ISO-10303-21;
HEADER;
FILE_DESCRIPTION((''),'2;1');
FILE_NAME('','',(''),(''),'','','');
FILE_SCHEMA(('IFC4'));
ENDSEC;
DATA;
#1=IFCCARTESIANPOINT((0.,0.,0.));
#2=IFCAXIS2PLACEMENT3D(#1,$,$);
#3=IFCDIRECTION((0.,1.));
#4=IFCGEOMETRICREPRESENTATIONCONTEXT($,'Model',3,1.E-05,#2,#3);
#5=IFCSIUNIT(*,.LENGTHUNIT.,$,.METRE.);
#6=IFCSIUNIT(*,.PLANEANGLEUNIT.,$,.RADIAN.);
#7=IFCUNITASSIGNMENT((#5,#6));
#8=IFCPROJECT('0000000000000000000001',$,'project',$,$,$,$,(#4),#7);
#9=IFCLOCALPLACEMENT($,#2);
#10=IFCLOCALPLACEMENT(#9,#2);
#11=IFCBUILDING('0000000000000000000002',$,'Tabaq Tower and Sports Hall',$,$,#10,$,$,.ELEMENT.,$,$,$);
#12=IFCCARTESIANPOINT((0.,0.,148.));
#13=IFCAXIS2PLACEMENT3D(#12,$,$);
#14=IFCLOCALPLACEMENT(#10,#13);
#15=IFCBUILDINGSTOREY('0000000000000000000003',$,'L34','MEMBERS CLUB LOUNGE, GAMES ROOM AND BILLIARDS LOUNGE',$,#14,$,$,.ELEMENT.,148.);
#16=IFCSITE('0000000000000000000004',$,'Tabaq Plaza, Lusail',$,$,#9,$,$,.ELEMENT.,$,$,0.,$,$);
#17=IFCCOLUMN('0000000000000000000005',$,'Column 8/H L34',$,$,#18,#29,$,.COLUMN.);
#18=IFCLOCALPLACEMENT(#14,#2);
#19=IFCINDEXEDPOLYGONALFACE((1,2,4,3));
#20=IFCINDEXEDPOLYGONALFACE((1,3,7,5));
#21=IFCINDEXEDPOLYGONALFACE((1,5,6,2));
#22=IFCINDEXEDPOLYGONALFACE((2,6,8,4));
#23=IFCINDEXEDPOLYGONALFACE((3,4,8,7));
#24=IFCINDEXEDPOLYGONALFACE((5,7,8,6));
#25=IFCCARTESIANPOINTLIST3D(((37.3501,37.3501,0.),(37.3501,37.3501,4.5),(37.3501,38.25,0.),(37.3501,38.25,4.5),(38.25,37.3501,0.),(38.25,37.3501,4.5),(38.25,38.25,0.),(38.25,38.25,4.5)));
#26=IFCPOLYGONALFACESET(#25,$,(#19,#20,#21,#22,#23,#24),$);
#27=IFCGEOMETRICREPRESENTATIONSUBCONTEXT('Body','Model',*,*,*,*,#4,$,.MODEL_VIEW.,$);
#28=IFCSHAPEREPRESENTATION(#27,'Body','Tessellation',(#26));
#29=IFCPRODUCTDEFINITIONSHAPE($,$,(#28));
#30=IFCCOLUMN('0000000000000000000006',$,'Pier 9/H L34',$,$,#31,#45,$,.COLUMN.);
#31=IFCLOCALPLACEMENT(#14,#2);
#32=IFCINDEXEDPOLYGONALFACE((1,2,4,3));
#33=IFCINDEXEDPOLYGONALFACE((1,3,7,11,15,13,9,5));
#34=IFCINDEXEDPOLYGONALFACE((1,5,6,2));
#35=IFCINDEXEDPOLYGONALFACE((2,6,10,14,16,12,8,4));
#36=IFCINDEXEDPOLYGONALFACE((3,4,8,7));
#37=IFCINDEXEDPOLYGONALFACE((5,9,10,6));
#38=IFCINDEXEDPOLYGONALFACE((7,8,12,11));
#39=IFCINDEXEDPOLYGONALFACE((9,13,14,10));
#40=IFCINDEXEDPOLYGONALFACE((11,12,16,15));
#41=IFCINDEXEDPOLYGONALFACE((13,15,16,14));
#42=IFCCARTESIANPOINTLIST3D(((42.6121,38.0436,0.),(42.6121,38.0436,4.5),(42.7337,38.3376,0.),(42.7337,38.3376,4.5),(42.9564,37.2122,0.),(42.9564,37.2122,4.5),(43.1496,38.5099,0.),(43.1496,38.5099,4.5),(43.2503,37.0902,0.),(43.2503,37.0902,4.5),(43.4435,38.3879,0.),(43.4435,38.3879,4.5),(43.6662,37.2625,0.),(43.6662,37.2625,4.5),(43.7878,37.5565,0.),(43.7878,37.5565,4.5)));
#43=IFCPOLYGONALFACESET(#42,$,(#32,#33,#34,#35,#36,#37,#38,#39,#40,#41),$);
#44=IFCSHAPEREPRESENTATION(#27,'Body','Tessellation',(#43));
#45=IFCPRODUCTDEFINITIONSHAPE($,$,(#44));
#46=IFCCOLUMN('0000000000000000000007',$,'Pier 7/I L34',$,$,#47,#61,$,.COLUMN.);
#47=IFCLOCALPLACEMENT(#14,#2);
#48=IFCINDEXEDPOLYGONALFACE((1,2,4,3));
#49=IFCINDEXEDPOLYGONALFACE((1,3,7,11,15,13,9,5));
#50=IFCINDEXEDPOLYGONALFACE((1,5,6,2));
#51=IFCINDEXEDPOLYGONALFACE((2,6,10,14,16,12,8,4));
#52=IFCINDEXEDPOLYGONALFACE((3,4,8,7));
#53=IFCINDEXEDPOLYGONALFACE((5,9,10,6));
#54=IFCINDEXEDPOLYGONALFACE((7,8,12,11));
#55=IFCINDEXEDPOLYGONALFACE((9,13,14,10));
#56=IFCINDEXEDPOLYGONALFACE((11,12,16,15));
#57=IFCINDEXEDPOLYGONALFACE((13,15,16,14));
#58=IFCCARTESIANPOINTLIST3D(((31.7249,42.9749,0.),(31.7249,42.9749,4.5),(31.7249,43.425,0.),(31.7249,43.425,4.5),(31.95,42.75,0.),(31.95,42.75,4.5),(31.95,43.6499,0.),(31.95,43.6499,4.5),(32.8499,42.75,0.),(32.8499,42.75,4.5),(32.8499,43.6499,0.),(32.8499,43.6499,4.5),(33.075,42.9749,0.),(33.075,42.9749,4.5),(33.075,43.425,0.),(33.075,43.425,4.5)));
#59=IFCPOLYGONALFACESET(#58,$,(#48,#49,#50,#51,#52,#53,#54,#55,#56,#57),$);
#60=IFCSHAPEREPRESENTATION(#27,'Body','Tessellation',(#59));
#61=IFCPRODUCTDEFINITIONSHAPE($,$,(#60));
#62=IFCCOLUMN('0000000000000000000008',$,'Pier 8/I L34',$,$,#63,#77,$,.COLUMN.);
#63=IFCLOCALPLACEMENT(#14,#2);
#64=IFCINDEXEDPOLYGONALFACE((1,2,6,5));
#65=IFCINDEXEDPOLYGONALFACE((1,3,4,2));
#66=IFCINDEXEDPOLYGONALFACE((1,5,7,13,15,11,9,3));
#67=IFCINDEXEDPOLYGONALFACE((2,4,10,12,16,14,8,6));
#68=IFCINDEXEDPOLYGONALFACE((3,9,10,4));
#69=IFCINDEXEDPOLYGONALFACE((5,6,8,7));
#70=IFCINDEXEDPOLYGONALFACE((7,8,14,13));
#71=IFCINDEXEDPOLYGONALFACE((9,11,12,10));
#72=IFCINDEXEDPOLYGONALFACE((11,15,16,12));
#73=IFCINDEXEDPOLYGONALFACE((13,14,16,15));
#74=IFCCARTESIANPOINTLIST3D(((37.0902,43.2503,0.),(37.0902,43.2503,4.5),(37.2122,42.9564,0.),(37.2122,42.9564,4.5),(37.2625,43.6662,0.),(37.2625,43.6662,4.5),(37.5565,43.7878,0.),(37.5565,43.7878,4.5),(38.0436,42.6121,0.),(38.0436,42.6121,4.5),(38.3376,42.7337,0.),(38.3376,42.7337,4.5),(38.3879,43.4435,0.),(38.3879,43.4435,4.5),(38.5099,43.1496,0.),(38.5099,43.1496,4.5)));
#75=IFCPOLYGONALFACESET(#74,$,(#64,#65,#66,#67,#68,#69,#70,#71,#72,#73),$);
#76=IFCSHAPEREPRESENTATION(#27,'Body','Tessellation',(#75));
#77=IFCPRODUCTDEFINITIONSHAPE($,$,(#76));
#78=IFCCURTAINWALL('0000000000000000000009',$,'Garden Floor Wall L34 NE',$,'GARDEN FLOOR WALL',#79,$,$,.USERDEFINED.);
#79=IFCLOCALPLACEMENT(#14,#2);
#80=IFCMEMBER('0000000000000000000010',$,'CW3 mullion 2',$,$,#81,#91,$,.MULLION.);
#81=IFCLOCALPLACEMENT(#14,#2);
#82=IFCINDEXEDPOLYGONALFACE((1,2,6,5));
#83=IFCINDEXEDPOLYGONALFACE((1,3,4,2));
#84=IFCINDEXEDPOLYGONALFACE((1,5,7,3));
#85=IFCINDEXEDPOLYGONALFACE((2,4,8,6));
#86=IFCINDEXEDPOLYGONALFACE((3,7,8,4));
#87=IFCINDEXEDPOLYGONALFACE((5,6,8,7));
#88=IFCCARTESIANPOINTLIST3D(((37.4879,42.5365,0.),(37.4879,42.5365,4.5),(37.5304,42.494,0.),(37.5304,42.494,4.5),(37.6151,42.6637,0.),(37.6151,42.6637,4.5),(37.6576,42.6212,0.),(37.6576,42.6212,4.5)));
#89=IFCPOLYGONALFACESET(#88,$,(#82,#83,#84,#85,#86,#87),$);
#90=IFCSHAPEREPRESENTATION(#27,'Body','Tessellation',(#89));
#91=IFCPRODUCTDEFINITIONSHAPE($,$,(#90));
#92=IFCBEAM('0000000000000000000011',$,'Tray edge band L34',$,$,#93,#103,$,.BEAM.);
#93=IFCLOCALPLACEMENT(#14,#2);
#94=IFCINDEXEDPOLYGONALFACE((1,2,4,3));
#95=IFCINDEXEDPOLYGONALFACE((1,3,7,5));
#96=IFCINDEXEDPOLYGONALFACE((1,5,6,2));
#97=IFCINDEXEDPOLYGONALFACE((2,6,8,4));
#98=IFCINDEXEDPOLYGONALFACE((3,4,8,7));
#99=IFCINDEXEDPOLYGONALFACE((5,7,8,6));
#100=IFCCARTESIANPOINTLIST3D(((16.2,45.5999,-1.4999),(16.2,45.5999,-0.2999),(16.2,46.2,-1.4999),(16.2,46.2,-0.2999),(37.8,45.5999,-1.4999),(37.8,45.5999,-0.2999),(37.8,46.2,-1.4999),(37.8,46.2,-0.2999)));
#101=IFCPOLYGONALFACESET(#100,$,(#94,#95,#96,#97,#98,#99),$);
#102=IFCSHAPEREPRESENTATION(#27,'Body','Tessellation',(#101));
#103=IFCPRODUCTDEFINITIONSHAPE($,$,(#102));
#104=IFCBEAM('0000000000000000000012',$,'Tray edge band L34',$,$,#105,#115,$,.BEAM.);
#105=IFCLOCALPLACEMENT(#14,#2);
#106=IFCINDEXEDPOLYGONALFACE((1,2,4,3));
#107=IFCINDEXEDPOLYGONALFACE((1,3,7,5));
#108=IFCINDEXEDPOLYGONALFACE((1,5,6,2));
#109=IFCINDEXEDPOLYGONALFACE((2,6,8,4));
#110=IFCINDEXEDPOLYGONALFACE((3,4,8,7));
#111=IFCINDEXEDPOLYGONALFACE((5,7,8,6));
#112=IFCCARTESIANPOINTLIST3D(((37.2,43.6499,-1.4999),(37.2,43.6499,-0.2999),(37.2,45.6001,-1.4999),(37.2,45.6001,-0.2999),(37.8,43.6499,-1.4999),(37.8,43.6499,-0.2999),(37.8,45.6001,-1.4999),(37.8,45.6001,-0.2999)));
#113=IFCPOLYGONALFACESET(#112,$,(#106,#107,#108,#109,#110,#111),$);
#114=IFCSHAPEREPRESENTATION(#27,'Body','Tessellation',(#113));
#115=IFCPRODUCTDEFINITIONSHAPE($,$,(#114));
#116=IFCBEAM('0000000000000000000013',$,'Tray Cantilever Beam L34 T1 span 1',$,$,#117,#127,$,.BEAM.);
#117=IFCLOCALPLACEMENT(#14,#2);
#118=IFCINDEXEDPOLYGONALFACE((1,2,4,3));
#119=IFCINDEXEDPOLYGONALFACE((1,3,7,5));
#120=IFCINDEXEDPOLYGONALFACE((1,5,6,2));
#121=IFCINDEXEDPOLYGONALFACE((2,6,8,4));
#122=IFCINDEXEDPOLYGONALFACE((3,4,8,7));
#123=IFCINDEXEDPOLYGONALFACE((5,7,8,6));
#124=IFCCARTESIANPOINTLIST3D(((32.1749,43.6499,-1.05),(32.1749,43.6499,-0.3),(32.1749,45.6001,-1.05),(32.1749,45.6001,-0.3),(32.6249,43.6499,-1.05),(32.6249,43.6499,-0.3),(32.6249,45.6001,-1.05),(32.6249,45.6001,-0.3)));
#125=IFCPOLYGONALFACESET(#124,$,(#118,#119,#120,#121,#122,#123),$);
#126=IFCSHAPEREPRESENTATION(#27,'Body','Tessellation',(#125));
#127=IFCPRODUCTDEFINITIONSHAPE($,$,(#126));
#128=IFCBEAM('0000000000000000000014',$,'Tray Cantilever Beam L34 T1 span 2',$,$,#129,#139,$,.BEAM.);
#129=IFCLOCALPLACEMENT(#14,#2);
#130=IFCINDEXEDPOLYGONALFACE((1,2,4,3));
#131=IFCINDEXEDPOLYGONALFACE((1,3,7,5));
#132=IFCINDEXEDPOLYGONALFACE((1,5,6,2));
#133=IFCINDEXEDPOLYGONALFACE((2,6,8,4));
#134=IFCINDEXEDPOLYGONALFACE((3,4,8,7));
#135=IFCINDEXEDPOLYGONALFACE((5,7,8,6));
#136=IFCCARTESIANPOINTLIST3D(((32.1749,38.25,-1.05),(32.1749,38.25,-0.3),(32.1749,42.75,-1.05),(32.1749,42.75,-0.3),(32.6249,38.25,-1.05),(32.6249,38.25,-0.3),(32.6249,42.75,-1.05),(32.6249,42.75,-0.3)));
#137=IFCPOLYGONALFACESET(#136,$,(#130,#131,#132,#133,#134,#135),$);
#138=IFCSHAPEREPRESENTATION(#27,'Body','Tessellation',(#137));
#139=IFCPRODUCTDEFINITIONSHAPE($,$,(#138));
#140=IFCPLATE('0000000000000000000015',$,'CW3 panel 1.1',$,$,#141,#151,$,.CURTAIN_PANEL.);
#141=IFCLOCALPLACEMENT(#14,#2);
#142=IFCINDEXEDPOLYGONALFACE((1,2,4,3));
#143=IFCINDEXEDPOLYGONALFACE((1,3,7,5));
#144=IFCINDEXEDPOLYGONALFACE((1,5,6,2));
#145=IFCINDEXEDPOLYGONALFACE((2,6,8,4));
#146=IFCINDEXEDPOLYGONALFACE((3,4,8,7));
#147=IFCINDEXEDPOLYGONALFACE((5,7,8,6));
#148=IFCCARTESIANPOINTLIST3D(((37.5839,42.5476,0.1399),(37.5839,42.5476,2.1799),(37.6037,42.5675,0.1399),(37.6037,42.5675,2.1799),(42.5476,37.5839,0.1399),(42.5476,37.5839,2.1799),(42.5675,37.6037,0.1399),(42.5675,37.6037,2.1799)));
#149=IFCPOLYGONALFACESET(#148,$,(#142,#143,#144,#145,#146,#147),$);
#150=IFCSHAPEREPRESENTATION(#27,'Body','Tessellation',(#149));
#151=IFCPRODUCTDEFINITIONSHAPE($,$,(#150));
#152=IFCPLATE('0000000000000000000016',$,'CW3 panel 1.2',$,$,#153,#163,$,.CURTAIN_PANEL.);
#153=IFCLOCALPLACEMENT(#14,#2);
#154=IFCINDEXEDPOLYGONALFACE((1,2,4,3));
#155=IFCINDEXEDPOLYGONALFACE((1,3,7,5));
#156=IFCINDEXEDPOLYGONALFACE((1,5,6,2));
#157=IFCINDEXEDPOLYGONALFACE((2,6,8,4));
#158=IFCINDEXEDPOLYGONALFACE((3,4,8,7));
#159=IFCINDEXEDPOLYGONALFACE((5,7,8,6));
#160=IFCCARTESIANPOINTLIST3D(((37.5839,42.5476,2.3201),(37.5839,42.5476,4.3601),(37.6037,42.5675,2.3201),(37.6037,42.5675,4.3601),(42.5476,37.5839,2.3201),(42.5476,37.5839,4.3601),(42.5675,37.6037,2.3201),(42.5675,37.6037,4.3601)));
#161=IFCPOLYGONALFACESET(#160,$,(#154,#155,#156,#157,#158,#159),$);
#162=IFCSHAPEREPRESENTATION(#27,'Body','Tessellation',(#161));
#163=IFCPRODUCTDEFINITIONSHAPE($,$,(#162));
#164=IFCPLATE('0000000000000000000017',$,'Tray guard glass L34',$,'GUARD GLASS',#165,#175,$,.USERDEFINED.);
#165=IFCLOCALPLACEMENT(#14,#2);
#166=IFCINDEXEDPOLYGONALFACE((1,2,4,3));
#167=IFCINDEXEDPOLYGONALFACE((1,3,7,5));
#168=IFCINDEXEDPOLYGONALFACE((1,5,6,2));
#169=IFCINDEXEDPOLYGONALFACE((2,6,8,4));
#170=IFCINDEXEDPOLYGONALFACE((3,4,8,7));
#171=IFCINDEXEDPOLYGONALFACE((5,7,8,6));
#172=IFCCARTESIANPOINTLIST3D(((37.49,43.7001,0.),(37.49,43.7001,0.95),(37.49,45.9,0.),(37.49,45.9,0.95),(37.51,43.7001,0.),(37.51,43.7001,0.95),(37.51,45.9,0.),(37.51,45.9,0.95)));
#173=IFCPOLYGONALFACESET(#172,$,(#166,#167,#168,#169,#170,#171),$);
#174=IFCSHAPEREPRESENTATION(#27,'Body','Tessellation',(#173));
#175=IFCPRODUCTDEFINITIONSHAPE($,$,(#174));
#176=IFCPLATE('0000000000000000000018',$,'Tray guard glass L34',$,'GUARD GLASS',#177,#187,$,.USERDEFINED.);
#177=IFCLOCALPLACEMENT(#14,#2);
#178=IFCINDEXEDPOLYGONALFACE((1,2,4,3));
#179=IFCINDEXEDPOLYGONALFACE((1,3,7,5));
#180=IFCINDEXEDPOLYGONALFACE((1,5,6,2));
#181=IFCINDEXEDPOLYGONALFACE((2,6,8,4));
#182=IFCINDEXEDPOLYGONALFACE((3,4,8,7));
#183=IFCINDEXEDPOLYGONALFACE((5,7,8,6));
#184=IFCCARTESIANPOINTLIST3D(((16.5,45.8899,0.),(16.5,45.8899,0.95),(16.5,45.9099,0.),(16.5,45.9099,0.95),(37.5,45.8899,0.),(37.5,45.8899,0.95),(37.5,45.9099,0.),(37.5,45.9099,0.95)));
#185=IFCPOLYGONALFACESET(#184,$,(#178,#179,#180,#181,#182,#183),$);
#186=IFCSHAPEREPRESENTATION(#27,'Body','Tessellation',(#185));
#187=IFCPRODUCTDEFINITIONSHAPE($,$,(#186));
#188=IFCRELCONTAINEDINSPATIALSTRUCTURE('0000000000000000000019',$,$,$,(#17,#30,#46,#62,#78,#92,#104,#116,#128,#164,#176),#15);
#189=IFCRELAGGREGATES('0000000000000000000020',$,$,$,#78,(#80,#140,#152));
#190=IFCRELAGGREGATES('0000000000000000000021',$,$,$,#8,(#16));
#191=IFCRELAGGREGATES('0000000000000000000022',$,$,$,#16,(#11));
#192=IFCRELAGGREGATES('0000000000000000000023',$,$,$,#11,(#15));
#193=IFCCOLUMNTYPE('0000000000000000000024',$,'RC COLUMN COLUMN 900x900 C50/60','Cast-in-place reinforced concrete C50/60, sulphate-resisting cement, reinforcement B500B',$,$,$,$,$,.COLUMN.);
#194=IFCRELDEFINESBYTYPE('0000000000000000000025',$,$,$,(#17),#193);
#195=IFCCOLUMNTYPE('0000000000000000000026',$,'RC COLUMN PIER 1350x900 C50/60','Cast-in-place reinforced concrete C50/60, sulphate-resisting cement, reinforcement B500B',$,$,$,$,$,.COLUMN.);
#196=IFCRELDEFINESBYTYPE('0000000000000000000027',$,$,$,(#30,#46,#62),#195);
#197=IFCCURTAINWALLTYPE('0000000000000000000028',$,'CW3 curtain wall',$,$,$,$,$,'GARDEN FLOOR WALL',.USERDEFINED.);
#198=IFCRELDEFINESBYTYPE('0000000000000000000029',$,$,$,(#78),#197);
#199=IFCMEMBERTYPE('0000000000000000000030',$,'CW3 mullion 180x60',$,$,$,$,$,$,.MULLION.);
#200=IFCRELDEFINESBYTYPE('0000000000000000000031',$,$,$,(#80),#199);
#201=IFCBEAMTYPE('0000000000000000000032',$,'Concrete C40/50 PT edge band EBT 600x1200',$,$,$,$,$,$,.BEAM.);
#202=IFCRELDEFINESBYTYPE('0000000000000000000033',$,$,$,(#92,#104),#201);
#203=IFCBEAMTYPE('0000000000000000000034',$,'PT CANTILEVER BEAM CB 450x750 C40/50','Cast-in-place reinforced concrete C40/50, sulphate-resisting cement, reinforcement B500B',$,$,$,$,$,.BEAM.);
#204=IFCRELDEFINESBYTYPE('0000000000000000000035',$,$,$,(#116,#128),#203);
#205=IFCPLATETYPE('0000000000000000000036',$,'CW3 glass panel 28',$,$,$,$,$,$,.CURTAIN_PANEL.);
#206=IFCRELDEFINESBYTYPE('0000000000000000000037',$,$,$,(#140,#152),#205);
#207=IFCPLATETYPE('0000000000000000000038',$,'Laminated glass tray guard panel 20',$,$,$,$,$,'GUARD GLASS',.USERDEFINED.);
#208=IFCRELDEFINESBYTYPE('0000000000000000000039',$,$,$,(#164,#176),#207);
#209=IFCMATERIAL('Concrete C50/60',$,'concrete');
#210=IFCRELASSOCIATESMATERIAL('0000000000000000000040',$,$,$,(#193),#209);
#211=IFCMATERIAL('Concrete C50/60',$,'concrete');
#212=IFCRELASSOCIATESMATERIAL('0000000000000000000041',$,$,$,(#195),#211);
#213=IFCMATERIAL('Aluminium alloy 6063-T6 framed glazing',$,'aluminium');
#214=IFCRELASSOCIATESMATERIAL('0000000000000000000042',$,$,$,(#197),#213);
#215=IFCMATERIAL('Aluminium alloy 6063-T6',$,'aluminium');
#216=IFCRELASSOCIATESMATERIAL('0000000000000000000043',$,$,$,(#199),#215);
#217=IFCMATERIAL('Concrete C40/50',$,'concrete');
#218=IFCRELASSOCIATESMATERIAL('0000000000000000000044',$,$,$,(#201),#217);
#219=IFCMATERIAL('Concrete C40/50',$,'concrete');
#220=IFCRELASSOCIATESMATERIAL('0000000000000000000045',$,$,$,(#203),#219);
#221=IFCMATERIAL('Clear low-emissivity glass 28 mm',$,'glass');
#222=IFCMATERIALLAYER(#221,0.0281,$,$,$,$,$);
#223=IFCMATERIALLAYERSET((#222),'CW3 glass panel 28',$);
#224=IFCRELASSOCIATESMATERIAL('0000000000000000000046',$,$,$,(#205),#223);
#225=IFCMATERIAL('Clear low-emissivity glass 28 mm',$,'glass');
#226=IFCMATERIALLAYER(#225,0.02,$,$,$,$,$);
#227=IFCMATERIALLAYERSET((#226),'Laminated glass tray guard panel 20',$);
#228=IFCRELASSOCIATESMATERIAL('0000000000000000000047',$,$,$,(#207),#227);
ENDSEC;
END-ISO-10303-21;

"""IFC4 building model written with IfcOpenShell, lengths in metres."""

from ifc_helpers import new_model, si_unit, direction, frame, frame_2d, origin, origin_2d, place, context, subcontext, project, spatial, polyline, rectangle, outline, extrude, material, layer, layer_set, material_profile, profile_set, type_object, element, aggregate, save


model = new_model("IFC4")

# Units and contexts
model_context = context("Model", 3, precision=1e-05, world=origin(), true_north=direction((0.0, 1.0)))
body_context = subcontext(model_context, "Body", "Model", "MODEL_VIEW")
ifc_project = project(units=[si_unit("LENGTHUNIT", "METRE"), si_unit("PLANEANGLEUNIT", "RADIAN")], contexts=[model_context])

# Site, building, storey
site_placement = place(None, origin())
site = spatial("IfcSite", under=ifc_project, at=site_placement, Name="Tabaq Plaza, Lusail", CompositionType="ELEMENT", RefElevation=0.0)
building_placement = place(site_placement, origin())
building = spatial("IfcBuilding", under=site, at=building_placement, Name="Tabaq Tower and Sports Hall", CompositionType="ELEMENT")
storey_placement = place(building_placement, frame((0.0, 0.0, 148.0)))
storey = spatial("IfcBuildingStorey", under=building, at=storey_placement, Name="L34", Description="MEMBERS CLUB LOUNGE, GAMES ROOM AND BILLIARDS LOUNGE", CompositionType="ELEMENT", Elevation=148.0)

# Columns
ifc_material_1 = material(Name="Concrete C50/60", Category="concrete")
ifc_material_profile_1 = material_profile(ifc_material_1, rectangle(XDim=0.8999, YDim=0.8999, at=origin_2d()), Name="COLUMN 900x900")
ifc_profile_set_1 = profile_set([ifc_material_profile_1], Name="Concrete C50/60")
column_type_1 = type_object("IfcColumnType", Name="RC COLUMN COLUMN 900x900 C50/60", Description="Cast-in-place reinforced concrete C50/60, sulphate-resisting cement, reinforcement B500B", PredefinedType="COLUMN", material=ifc_profile_set_1)
column_placement = place(storey_placement, frame((37.8, 37.8, 0.0), z_axis=(0.0, 0.0, 1.0), x_axis=(1.0, 0.0, 0.0)))
element("IfcColumn", 1, at=column_placement, inside=storey, type_object=column_type_1, Name="Column 8/H L34", PredefinedType="COLUMN", context=body_context, shape_type="SweptSolid", body=[
    extrude(rectangle(XDim=0.8999, YDim=0.8999, at=origin_2d()), origin(), (0.0, 0.0, 1.0), 4.5),
])
ifc_material_2 = material(Name="Concrete C50/60", Category="concrete")
ifc_material_profile_2 = material_profile(ifc_material_2, outline(polyline([(-0.45, -0.45), (0.45, -0.45), (0.675, -0.2251), (0.675, 0.2251), (0.45, 0.45), (-0.45, 0.45), (-0.675, 0.2251), (-0.675, -0.2251), (-0.45, -0.45)])), Name="PIER 1350x900")
ifc_profile_set_2 = profile_set([ifc_material_profile_2], Name="Concrete C50/60")
column_type_2 = type_object("IfcColumnType", Name="RC COLUMN PIER 1350x900 C50/60", Description="Cast-in-place reinforced concrete C50/60, sulphate-resisting cement, reinforcement B500B", PredefinedType="COLUMN", material=ifc_profile_set_2)
for number, where, z_axis, x_axis, name in (
    (2, (43.2, 37.8, 0.0), (0.0, 0.0, 1.0), (-0.382683, 0.92388, 0.0), "Pier 9/H L34"),
    (3, (32.3999, 43.2, 0.0), (0.0, 0.0, 1.0), (1.0, 0.0, 0.0), "Pier 7/I L34"),
    (4, (37.8, 43.2, 0.0), (0.0, 0.0, 1.0), (-0.92388, 0.382683, 0.0), "Pier 8/I L34"),
):
    element("IfcColumn", number, at=place(storey_placement, frame(where, z_axis=z_axis, x_axis=x_axis)), inside=storey, type_object=column_type_2, Name=name, PredefinedType="COLUMN", context=body_context, shape_type="SweptSolid", body=[
        extrude(outline(polyline([(-0.45, -0.45), (0.45, -0.45), (0.675, -0.2251), (0.675, 0.2251), (0.45, 0.45), (-0.45, 0.45), (-0.675, 0.2251), (-0.675, -0.2251), (-0.45, -0.45)])), origin(), (0.0, 0.0, 1.0), 4.5),
    ])

# Curtain wall, member
ifc_material_3 = material(Name="Aluminium alloy 6063-T6 framed glazing", Category="aluminium")
curtain_wall_type = type_object("IfcCurtainWallType", Name="CW3 curtain wall", ElementType="GARDEN FLOOR WALL", PredefinedType="USERDEFINED", material=ifc_material_3)
curtain_wall_placement = place(storey_placement, origin())
curtain_wall = element("IfcCurtainWall", 5, at=curtain_wall_placement, inside=storey, type_object=curtain_wall_type, Name="Garden Floor Wall L34 NE", ObjectType="GARDEN FLOOR WALL", PredefinedType="USERDEFINED")
ifc_material_4 = material(Name="Aluminium alloy 6063-T6", Category="aluminium")
ifc_material_profile_3 = material_profile(ifc_material_4, rectangle(XDim=0.1799, YDim=0.0601, at=origin_2d()), Name="MULLION 180x60")
ifc_profile_set_3 = profile_set([ifc_material_profile_3], Name="Aluminium alloy 6063-T6")
member_type = type_object("IfcMemberType", Name="CW3 mullion 180x60", PredefinedType="MULLION", material=ifc_profile_set_3)
member_placement = place(storey_placement, frame((37.5728, 42.5789, 0.0), z_axis=(0.0, 0.0, 1.0), x_axis=(-0.707107, -0.707107, 0.0)))
member = element("IfcMember", 6, at=member_placement, type_object=member_type, Name="CW3 mullion 2", PredefinedType="MULLION", context=body_context, shape_type="SweptSolid", body=[
    extrude(rectangle(XDim=0.1799, YDim=0.0601, at=origin_2d()), origin(), (0.0, 0.0, 1.0), 4.5),
])

# Beams
ifc_material_5 = material(Name="Concrete C40/50", Category="concrete")
ifc_material_profile_4 = material_profile(ifc_material_5, rectangle(XDim=0.6001, YDim=1.2, at=origin_2d()), Name="EBT 600x1200")
ifc_profile_set_4 = profile_set([ifc_material_profile_4], Name="Concrete C40/50")
beam_type_1 = type_object("IfcBeamType", Name="Concrete C40/50 PT edge band EBT 600x1200", PredefinedType="BEAM", material=ifc_profile_set_4)
beam_1_placement = place(storey_placement, frame((37.8, 45.8999, -0.8999), z_axis=(-1.0, 0.0, 0.0), x_axis=(0.0, -1.0, 0.0)))
element("IfcBeam", 7, at=beam_1_placement, inside=storey, type_object=beam_type_1, Name="Tray edge band L34", PredefinedType="BEAM", context=body_context, shape_type="SweptSolid", body=[
    extrude(rectangle(XDim=0.6001, YDim=1.2, at=origin_2d()), origin(), (0.0, 0.0, 1.0), 21.6001),
])
beam_2_placement = place(storey_placement, frame((37.5, 43.6499, -0.8999), z_axis=(0.0, 1.0, 0.0), x_axis=(-1.0, 0.0, 0.0)))
element("IfcBeam", 8, at=beam_2_placement, inside=storey, type_object=beam_type_1, Name="Tray edge band L34", PredefinedType="BEAM", context=body_context, shape_type="SweptSolid", body=[
    extrude(rectangle(XDim=0.6001, YDim=1.2, at=origin_2d()), origin(), (0.0, 0.0, 1.0), 1.9502),
])
ifc_material_6 = material(Name="Concrete C40/50", Category="concrete")
ifc_material_profile_5 = material_profile(ifc_material_6, rectangle(XDim=0.45, YDim=0.75, at=origin_2d()), Name="CB 450x750")
ifc_profile_set_5 = profile_set([ifc_material_profile_5], Name="Concrete C40/50")
beam_type_2 = type_object("IfcBeamType", Name="PT CANTILEVER BEAM CB 450x750 C40/50", Description="Cast-in-place reinforced concrete C40/50, sulphate-resisting cement, reinforcement B500B", PredefinedType="BEAM", material=ifc_profile_set_5)
beam_3_placement = place(storey_placement, frame((32.3999, 45.6001, -0.675), z_axis=(0.0, -1.0, 0.0), x_axis=(1.0, 0.0, 0.0)))
element("IfcBeam", 9, at=beam_3_placement, inside=storey, type_object=beam_type_2, Name="Tray Cantilever Beam L34 T1 span 1", PredefinedType="BEAM", context=body_context, shape_type="SweptSolid", body=[
    extrude(rectangle(XDim=0.45, YDim=0.75, at=origin_2d()), origin(), (0.0, 0.0, 1.0), 1.9502),
])
beam_4_placement = place(storey_placement, frame((32.3999, 42.75, -0.675), z_axis=(0.0, -1.0, 0.0), x_axis=(1.0, 0.0, 0.0)))
element("IfcBeam", 10, at=beam_4_placement, inside=storey, type_object=beam_type_2, Name="Tray Cantilever Beam L34 T1 span 2", PredefinedType="BEAM", context=body_context, shape_type="SweptSolid", body=[
    extrude(rectangle(XDim=0.45, YDim=0.75, at=origin_2d()), origin(), (0.0, 0.0, 1.0), 4.5),
])

# Plates
ifc_material_7 = material(Name="Clear low-emissivity glass 28 mm", Category="glass")
ifc_layer_1 = layer(ifc_material_7, 0.0281)
ifc_layer_set_1 = layer_set([ifc_layer_1], Name="CW3 glass panel 28")
plate_type_1 = type_object("IfcPlateType", Name="CW3 glass panel 28", PredefinedType="CURTAIN_PANEL", material=ifc_layer_set_1)
plate_1_placement = place(storey_placement, frame((40.0757, 40.0757, 0.1399), z_axis=(0.0, 0.0, 1.0), x_axis=(-0.707107, 0.707107, 0.0)))
plate_1 = element("IfcPlate", 11, at=plate_1_placement, type_object=plate_type_1, Name="CW3 panel 1.1", PredefinedType="CURTAIN_PANEL", context=body_context, shape_type="SweptSolid", body=[
    extrude(rectangle(XDim=7.0198, YDim=0.0281, at=origin_2d()), origin(), (0.0, 0.0, 1.0), 2.04),
])
plate_2_placement = place(storey_placement, frame((40.0757, 40.0757, 2.3201), z_axis=(0.0, 0.0, 1.0), x_axis=(-0.707107, 0.707107, 0.0)))
plate_2 = element("IfcPlate", 12, at=plate_2_placement, type_object=plate_type_1, Name="CW3 panel 1.2", PredefinedType="CURTAIN_PANEL", context=body_context, shape_type="SweptSolid", body=[
    extrude(rectangle(XDim=7.0198, YDim=0.0281, at=origin_2d()), origin(), (0.0, 0.0, 1.0), 2.04),
])
aggregate(curtain_wall, [member, plate_1, plate_2])

# Plates
ifc_material_8 = material(Name="Clear low-emissivity glass 28 mm", Category="glass")
ifc_layer_2 = layer(ifc_material_8, 0.02)
ifc_layer_set_2 = layer_set([ifc_layer_2], Name="Laminated glass tray guard panel 20")
plate_type_2 = type_object("IfcPlateType", Name="Laminated glass tray guard panel 20", ElementType="GUARD GLASS", PredefinedType="USERDEFINED", material=ifc_layer_set_2)
plate_3_placement = place(storey_placement, frame((37.5, 43.7, 0.0), z_axis=(0.0, 0.0, 1.0), x_axis=(0.0, 1.0, 0.0)))
element("IfcPlate", 13, at=plate_3_placement, inside=storey, type_object=plate_type_2, Name="Tray guard glass L34", ObjectType="GUARD GLASS", PredefinedType="USERDEFINED", context=body_context, shape_type="SweptSolid", body=[
    extrude(rectangle(XDim=2.2, YDim=0.02, at=frame_2d((1.1001, 0.0))), origin(), (0.0, 0.0, 1.0), 0.95),
])
plate_4_placement = place(storey_placement, frame((37.5, 45.8999, 0.0), z_axis=(0.0, 0.0, 1.0), x_axis=(-1.0, 0.0, 0.0)))
element("IfcPlate", 14, at=plate_4_placement, inside=storey, type_object=plate_type_2, Name="Tray guard glass L34", ObjectType="GUARD GLASS", PredefinedType="USERDEFINED", context=body_context, shape_type="SweptSolid", body=[
    extrude(rectangle(XDim=21.0, YDim=0.02, at=frame_2d((10.5, 0.0))), origin(), (0.0, 0.0, 1.0), 0.95),
])

save(model, "model.ifc")
